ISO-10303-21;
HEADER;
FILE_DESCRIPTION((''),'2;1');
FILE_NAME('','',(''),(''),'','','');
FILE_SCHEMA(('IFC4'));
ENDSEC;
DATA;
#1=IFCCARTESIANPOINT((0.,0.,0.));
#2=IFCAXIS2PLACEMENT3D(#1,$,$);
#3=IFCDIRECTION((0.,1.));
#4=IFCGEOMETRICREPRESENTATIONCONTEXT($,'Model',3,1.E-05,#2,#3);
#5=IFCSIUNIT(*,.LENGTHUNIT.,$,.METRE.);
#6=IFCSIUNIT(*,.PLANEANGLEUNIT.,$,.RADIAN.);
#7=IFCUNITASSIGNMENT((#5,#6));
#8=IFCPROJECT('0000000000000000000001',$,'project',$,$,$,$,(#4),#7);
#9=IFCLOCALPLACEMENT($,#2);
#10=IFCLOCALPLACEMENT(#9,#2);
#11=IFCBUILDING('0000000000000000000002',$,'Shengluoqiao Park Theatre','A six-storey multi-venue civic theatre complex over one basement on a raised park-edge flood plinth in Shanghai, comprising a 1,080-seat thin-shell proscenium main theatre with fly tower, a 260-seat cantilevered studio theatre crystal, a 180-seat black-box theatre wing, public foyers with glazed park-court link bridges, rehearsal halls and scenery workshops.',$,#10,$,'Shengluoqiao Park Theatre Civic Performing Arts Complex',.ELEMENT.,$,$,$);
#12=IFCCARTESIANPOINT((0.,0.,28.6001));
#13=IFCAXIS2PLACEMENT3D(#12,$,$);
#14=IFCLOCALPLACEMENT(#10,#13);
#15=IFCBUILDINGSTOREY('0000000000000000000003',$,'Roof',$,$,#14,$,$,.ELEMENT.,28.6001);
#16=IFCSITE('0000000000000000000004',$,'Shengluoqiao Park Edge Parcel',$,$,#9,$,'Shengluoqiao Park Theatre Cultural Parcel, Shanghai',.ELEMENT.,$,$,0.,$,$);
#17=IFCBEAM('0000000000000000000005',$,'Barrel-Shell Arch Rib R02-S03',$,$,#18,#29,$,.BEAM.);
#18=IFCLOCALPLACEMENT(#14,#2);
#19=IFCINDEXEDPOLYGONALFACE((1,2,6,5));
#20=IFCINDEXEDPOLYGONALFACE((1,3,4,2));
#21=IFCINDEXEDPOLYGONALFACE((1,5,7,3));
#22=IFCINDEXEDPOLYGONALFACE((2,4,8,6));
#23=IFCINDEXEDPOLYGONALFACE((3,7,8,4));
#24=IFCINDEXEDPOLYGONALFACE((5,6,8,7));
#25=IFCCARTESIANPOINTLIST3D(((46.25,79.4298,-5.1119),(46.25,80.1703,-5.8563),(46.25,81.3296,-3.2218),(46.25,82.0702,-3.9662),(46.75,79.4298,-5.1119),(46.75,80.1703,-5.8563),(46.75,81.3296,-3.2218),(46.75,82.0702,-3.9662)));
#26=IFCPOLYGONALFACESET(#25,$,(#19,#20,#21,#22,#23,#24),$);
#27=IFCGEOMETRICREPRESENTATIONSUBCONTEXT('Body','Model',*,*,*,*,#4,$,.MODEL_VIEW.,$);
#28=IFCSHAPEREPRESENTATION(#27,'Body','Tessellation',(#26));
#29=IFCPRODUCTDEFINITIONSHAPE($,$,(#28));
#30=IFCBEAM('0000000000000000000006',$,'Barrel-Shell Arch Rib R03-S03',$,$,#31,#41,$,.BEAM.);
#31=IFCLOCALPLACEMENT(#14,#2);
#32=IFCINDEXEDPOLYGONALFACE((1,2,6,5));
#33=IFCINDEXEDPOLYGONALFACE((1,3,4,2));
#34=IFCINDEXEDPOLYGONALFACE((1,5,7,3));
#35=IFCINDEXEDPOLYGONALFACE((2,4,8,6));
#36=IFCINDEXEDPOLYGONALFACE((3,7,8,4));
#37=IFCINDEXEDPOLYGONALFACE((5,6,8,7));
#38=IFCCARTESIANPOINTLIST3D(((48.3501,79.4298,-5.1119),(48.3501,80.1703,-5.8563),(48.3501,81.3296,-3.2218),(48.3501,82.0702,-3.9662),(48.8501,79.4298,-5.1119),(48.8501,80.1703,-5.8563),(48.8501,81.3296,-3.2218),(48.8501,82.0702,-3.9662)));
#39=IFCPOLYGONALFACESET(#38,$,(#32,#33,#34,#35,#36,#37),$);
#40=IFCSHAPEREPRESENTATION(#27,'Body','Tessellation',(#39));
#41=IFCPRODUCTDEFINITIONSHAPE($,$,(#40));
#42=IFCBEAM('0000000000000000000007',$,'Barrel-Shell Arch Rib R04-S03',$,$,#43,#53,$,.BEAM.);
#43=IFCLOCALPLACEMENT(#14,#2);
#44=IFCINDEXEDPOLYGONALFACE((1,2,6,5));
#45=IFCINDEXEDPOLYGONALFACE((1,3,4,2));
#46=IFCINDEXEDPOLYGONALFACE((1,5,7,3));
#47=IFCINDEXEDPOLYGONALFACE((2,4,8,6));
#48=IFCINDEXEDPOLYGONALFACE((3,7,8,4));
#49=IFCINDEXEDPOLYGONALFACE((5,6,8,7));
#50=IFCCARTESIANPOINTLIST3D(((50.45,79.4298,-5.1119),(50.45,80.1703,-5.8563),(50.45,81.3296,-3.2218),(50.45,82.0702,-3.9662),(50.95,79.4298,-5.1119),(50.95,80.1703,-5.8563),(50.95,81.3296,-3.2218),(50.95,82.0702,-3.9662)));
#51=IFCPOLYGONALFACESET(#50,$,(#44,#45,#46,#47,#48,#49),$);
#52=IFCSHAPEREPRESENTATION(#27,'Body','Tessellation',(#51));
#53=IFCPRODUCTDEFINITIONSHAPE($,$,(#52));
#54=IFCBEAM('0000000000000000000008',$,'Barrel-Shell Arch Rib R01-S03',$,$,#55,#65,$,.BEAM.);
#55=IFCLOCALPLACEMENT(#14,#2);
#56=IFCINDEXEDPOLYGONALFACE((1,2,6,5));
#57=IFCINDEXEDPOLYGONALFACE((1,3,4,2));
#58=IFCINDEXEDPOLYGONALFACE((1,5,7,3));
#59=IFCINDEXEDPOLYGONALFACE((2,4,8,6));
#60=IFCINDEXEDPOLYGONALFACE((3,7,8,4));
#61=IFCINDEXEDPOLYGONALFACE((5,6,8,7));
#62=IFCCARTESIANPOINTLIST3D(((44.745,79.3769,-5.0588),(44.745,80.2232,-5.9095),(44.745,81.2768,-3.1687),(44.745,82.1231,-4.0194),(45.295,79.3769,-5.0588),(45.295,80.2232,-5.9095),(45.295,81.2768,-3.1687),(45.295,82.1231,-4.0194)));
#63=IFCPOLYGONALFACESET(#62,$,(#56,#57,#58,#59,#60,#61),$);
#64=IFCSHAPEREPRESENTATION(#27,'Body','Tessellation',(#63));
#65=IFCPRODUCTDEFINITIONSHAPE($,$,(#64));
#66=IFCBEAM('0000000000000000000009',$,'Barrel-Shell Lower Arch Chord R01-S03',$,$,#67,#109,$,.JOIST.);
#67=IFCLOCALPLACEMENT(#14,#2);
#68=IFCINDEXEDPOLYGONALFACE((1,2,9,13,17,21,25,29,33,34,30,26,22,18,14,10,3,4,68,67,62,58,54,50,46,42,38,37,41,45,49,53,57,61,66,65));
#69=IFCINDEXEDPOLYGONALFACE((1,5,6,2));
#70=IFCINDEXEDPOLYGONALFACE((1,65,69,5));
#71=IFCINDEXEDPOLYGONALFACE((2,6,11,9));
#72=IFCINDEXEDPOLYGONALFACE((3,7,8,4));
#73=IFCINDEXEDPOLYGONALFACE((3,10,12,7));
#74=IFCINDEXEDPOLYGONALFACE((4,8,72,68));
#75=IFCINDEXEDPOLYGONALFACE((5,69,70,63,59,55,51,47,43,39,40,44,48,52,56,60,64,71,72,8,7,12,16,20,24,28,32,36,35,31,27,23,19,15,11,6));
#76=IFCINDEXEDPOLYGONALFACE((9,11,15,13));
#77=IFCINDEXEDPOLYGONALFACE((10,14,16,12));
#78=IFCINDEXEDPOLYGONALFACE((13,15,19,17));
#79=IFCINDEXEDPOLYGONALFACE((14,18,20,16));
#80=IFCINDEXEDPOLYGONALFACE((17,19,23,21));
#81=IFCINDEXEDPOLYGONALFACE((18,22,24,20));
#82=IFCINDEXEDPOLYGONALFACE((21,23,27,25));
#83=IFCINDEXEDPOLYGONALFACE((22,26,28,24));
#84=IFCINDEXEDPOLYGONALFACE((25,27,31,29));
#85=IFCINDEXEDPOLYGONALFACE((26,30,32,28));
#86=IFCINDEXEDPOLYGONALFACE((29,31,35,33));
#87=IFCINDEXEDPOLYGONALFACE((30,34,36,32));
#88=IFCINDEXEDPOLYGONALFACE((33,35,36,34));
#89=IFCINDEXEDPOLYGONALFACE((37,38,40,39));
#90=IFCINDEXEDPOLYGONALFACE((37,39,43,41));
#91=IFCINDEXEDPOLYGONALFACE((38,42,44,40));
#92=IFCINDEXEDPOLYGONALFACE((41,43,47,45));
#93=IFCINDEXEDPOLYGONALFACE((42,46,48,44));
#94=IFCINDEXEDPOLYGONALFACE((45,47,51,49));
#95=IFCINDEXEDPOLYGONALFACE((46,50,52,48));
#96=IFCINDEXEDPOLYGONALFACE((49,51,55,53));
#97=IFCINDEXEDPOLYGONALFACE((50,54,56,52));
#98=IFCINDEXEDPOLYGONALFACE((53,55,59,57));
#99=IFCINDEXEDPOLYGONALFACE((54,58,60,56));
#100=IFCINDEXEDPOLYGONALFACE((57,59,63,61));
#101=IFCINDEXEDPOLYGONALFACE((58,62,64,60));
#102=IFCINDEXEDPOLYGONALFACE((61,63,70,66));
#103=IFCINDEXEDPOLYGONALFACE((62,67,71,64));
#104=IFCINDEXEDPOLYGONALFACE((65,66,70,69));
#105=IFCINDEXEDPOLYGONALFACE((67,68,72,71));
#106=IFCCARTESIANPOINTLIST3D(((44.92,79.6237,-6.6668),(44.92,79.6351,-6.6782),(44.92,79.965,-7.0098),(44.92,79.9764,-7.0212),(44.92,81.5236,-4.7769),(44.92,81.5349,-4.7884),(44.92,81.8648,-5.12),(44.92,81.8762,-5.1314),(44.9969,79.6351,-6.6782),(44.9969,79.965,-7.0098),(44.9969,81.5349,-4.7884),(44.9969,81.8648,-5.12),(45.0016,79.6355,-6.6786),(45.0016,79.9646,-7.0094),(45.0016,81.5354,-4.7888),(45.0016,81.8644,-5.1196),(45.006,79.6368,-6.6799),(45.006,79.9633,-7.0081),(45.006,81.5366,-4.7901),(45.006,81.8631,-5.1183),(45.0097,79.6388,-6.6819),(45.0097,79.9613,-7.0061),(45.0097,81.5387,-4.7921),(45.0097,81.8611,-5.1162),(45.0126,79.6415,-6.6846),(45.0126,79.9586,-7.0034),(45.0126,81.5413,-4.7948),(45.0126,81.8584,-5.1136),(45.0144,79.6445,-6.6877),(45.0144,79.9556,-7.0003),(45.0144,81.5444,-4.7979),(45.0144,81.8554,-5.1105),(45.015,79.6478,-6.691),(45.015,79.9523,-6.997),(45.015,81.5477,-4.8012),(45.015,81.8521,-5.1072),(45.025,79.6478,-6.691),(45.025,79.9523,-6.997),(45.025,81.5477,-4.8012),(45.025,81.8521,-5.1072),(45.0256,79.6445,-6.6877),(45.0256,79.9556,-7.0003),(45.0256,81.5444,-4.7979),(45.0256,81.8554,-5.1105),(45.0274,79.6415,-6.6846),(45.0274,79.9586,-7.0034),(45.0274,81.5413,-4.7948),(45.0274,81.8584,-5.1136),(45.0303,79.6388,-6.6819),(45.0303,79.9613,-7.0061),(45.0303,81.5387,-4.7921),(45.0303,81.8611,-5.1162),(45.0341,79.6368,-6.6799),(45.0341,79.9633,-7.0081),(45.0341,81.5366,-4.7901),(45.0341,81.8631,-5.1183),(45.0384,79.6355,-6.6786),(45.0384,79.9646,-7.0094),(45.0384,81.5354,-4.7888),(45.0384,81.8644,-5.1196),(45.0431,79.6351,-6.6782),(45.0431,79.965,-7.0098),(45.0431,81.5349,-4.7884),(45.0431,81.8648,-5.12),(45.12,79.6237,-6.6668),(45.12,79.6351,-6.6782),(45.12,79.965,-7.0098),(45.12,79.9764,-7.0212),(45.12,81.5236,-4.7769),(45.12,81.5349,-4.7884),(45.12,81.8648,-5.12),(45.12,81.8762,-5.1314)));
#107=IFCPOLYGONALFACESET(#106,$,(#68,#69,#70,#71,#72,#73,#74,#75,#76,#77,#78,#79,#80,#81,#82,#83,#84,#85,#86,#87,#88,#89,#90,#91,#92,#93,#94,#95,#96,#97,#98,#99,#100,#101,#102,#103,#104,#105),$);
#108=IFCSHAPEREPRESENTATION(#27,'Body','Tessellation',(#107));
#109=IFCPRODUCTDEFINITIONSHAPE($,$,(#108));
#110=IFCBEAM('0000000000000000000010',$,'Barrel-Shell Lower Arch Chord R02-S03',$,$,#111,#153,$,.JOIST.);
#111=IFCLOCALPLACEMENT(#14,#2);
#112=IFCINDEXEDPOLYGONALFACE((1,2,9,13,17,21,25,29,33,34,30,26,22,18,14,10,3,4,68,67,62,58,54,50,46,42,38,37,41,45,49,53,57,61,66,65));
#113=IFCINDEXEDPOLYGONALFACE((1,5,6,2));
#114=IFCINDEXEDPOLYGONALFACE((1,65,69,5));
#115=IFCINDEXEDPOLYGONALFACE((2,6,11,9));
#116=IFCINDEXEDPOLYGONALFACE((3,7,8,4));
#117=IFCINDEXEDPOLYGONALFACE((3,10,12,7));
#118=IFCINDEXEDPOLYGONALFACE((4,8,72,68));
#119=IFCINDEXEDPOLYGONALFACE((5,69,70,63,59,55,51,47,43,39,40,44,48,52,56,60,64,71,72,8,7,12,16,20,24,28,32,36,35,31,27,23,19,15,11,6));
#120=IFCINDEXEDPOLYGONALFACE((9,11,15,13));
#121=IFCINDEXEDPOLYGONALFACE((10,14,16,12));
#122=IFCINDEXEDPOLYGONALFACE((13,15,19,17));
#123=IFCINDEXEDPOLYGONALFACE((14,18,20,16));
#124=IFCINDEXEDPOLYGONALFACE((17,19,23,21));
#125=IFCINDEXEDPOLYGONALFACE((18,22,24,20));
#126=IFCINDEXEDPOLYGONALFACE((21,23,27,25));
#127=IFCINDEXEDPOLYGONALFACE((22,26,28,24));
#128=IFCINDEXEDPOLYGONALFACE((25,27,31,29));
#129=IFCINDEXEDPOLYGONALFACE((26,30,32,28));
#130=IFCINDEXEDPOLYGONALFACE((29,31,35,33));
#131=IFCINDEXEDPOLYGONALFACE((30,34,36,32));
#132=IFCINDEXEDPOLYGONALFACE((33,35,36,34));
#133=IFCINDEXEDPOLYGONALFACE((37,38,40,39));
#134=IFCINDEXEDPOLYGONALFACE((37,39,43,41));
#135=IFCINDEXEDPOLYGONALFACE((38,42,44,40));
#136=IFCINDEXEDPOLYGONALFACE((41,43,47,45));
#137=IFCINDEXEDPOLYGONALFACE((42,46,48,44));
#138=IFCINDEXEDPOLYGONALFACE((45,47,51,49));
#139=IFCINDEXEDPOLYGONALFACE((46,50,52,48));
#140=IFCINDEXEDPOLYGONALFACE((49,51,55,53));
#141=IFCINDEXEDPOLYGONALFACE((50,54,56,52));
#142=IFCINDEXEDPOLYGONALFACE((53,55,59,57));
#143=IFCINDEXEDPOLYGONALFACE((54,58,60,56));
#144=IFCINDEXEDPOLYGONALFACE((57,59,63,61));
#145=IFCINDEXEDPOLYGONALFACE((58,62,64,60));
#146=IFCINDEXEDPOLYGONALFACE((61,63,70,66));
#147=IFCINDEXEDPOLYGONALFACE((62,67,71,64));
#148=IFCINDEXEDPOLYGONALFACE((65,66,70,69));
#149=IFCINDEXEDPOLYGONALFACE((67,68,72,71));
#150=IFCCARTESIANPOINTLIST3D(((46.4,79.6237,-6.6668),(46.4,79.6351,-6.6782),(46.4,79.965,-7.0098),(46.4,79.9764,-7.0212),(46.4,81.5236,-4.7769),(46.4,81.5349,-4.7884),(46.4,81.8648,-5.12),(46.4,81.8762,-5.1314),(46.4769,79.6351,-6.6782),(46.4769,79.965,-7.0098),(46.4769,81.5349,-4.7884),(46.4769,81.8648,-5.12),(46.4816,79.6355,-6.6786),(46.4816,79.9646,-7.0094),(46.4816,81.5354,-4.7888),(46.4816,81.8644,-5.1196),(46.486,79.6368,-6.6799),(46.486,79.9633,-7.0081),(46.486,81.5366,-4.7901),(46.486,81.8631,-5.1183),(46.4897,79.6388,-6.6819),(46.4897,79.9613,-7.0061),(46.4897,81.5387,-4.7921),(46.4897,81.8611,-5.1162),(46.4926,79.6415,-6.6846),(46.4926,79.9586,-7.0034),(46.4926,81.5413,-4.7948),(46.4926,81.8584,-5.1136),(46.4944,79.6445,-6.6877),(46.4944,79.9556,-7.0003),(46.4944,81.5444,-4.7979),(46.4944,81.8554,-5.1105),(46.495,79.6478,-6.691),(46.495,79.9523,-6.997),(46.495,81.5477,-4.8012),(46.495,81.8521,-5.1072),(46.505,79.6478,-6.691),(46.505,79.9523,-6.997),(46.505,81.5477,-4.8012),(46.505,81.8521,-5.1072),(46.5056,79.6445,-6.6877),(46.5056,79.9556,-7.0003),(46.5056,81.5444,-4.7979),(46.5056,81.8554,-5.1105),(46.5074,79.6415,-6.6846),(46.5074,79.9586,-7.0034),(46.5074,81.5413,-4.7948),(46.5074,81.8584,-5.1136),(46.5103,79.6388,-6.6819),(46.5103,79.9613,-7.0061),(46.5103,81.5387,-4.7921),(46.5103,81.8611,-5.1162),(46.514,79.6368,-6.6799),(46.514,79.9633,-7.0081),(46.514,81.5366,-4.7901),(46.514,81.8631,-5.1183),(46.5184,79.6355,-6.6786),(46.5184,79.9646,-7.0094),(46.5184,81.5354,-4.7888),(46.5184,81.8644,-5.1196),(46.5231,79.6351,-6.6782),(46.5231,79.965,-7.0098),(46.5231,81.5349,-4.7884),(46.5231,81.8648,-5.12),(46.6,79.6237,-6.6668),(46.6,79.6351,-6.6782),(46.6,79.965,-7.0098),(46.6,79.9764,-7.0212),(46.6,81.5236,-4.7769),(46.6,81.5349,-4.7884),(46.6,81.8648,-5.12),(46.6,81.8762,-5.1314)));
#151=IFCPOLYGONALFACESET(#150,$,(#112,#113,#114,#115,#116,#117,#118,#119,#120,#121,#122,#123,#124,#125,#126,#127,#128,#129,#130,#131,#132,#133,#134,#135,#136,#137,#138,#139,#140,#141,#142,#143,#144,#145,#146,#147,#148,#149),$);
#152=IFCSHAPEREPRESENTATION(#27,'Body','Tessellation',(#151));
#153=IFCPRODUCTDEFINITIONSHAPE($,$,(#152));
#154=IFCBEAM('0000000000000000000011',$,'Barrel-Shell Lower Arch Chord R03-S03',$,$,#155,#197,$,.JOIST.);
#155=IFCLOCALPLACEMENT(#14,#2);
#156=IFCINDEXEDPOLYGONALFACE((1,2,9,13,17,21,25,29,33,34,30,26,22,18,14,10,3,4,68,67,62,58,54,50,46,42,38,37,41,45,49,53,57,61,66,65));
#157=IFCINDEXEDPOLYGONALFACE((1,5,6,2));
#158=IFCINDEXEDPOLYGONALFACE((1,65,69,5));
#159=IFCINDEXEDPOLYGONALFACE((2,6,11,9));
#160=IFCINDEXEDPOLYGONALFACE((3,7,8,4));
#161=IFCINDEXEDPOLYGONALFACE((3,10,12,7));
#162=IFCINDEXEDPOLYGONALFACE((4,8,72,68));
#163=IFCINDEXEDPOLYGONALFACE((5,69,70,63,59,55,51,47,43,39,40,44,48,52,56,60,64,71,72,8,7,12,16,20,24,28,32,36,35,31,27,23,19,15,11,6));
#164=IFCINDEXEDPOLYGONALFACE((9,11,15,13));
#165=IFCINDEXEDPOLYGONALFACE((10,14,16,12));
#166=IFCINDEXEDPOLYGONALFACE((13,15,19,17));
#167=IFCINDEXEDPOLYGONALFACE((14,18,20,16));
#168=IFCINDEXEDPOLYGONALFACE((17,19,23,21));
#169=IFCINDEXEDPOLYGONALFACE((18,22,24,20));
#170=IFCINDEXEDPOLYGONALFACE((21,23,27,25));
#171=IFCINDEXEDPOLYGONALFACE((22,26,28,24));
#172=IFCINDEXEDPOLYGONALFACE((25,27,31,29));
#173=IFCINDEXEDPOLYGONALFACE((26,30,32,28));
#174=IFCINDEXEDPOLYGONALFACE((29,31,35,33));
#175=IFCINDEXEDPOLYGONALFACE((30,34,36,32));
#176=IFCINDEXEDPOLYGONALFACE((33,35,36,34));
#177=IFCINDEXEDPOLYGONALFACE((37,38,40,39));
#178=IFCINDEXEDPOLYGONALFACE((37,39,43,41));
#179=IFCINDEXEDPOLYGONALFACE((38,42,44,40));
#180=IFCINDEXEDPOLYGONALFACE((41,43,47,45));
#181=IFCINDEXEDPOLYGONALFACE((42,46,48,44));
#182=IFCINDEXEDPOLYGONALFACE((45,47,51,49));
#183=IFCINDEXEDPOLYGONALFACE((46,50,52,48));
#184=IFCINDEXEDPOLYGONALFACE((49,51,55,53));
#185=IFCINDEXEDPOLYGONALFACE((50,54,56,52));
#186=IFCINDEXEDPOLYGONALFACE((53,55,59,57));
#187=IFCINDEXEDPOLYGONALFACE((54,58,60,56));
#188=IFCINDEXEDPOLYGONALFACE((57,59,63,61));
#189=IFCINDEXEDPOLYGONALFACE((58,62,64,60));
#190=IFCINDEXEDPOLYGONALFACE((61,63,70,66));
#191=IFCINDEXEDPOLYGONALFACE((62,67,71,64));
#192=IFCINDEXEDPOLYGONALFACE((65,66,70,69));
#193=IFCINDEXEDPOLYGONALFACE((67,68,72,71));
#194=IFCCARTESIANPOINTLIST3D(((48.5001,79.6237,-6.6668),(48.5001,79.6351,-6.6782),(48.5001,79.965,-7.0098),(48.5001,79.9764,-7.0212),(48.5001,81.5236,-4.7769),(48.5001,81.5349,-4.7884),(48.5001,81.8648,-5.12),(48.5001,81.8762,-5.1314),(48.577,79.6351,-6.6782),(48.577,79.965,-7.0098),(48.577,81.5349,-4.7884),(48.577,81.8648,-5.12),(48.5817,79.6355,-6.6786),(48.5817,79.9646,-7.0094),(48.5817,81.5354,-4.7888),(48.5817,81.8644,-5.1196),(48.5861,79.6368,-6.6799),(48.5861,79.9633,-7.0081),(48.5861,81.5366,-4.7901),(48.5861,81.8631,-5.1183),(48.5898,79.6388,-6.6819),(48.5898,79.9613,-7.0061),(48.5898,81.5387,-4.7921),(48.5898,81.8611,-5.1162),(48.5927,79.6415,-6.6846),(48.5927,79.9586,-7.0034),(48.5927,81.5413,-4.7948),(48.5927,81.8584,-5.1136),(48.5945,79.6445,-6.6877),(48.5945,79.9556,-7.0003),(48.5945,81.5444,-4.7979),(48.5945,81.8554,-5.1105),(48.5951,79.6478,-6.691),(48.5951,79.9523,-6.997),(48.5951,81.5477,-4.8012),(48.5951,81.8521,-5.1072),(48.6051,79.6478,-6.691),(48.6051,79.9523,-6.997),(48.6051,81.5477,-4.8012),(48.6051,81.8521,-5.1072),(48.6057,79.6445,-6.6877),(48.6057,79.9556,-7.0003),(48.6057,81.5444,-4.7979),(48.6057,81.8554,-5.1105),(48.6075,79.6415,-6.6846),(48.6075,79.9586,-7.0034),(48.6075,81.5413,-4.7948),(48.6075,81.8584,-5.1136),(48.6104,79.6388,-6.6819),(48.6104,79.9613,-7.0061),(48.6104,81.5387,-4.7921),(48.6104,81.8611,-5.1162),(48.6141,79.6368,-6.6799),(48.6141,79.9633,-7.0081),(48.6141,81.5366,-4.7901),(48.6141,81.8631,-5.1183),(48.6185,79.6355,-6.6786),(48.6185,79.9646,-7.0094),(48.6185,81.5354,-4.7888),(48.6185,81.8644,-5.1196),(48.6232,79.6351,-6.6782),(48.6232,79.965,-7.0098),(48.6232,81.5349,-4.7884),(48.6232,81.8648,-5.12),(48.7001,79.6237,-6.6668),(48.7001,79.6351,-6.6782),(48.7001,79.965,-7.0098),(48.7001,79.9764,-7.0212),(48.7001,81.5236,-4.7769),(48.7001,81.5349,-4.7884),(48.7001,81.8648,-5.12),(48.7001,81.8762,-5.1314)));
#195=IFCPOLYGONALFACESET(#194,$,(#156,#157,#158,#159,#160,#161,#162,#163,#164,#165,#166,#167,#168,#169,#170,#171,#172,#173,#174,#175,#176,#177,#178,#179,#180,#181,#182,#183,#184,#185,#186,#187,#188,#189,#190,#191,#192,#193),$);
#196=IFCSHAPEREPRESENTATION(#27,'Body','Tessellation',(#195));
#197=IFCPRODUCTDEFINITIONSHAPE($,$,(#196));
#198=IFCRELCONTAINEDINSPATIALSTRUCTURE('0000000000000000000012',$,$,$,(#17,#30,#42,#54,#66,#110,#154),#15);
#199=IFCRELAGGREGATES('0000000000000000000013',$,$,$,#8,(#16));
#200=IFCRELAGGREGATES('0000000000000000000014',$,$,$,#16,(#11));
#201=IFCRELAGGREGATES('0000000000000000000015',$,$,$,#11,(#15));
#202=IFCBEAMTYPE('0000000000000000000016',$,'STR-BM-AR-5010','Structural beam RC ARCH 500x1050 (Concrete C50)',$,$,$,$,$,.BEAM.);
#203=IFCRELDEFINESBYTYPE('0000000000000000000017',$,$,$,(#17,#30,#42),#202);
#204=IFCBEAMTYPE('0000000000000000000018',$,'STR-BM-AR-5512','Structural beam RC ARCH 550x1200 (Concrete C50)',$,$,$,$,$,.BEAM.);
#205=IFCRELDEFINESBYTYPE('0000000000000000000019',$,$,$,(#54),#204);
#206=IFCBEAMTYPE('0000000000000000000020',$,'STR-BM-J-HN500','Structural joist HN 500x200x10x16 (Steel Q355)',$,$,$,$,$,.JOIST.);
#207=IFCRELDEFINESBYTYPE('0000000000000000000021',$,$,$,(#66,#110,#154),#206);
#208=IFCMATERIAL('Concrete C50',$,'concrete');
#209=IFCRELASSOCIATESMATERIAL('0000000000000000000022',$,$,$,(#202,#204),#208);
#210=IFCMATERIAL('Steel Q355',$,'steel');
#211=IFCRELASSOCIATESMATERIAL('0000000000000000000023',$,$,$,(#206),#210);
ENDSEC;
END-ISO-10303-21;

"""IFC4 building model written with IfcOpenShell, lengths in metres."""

from ifc_helpers import new_model, si_unit, direction, frame, origin, origin_2d, place, context, subcontext, project, spatial, rectangle, i_section, extrude, material, material_profile, profile_set, type_object, element, save


model = new_model("IFC4")

# Units and contexts
model_context = context("Model", 3, precision=1e-05, world=origin(), true_north=direction((0.0, 1.0)))
body_context = subcontext(model_context, "Body", "Model", "MODEL_VIEW")
ifc_project = project(units=[si_unit("LENGTHUNIT", "METRE"), si_unit("PLANEANGLEUNIT", "RADIAN")], contexts=[model_context])

# Site, building, storey
site_placement = place(None, origin())
site = spatial("IfcSite", under=ifc_project, at=site_placement, Name="Shengluoqiao Park Edge Parcel", LongName="Shengluoqiao Park Theatre Cultural Parcel, Shanghai", CompositionType="ELEMENT", RefElevation=0.0)
building_placement = place(site_placement, origin())
building = spatial("IfcBuilding", under=site, at=building_placement, Name="Shengluoqiao Park Theatre", Description="A six-storey multi-venue civic theatre complex over one basement on a raised park-edge flood plinth in Shanghai, comprising a 1,080-seat thin-shell proscenium main theatre with fly tower, a 260-seat cantilevered studio theatre crystal, a 180-seat black-box theatre wing, public foyers with glazed park-court link bridges, rehearsal halls and scenery workshops.", LongName="Shengluoqiao Park Theatre Civic Performing Arts Complex", CompositionType="ELEMENT")
storey_placement = place(building_placement, frame((0.0, 0.0, 28.6001)))
storey = spatial("IfcBuildingStorey", under=building, at=storey_placement, Name="Roof", CompositionType="ELEMENT", Elevation=28.6001)

# Beams
ifc_material_1 = material(Name="Concrete C50", Category="concrete")
ifc_material_profile_1 = material_profile(ifc_material_1, rectangle(XDim=0.5, YDim=1.05, at=origin_2d()), Name="RC ARCH 500x1050")
ifc_profile_set_1 = profile_set([ifc_material_profile_1], Name="Concrete C50")
beam_type_1 = type_object("IfcBeamType", Name="STR-BM-AR-5010", Description="Structural beam RC ARCH 500x1050 (Concrete C50)", PredefinedType="BEAM", material=ifc_profile_set_1)
for number, where, z_axis, x_axis, name in (
    (1, (46.5, 79.8, -5.4841), (0.0, 0.708926, 0.705282), (-1.0, 0.0, 0.0), "Barrel-Shell Arch Rib R02-S03"),
    (2, (48.6001, 79.8, -5.4841), (0.0, 0.708926, 0.705282), (-1.0, 0.0, 0.0), "Barrel-Shell Arch Rib R03-S03"),
    (3, (50.7, 79.8, -5.4841), (0.0, 0.708926, 0.705282), (-1.0, 0.0, 0.0), "Barrel-Shell Arch Rib R04-S03"),
):
    element("IfcBeam", number, at=place(storey_placement, frame(where, z_axis=z_axis, x_axis=x_axis)), inside=storey, type_object=beam_type_1, Name=name, PredefinedType="BEAM", context=body_context, shape_type="SweptSolid", body=[
        extrude(rectangle(XDim=0.5, YDim=1.05, at=origin_2d()), origin(), (0.0, 0.0, 1.0), 2.6799),
    ])
ifc_material_profile_2 = material_profile(ifc_material_1, rectangle(XDim=0.55, YDim=1.2, at=origin_2d()), Name="RC ARCH 550x1200")
ifc_profile_set_2 = profile_set([ifc_material_profile_2], Name="Concrete C50")
beam_type_2 = type_object("IfcBeamType", Name="STR-BM-AR-5512", Description="Structural beam RC ARCH 550x1200 (Concrete C50)", PredefinedType="BEAM", material=ifc_profile_set_2)
beam_placement = place(storey_placement, frame((45.02, 79.8, -5.4841), z_axis=(0.0, 0.708926, 0.705282), x_axis=(-1.0, 0.0, 0.0)))
element("IfcBeam", 4, at=beam_placement, inside=storey, type_object=beam_type_2, Name="Barrel-Shell Arch Rib R01-S03", PredefinedType="BEAM", context=body_context, shape_type="SweptSolid", body=[
    extrude(rectangle(XDim=0.55, YDim=1.2, at=origin_2d()), origin(), (0.0, 0.0, 1.0), 2.6799),
])
ifc_material_2 = material(Name="Steel Q355", Category="steel")
ifc_material_profile_3 = material_profile(ifc_material_2, i_section(OverallWidth=0.2, OverallDepth=0.5, WebThickness=0.01, FlangeThickness=0.0161, FilletRadius=0.0181, at=origin_2d()), Name="HN 500x200x10x16")
ifc_profile_set_3 = profile_set([ifc_material_profile_3], Name="Steel Q355")
beam_type_3 = type_object("IfcBeamType", Name="STR-BM-J-HN500", Description="Structural joist HN 500x200x10x16 (Steel Q355)", PredefinedType="JOIST", material=ifc_profile_set_3)
for number, where, z_axis, x_axis, name in (
    (5, (45.02, 79.8, -6.844), (0.0, 0.708972, 0.705237), (-1.0, 0.0, 0.0), "Barrel-Shell Lower Arch Chord R01-S03"),
    (6, (46.5, 79.8, -6.844), (0.0, 0.708972, 0.705237), (-1.0, 0.0, 0.0), "Barrel-Shell Lower Arch Chord R02-S03"),
    (7, (48.6001, 79.8, -6.844), (0.0, 0.708972, 0.705237), (-1.0, 0.0, 0.0), "Barrel-Shell Lower Arch Chord R03-S03"),
):
    element("IfcBeam", number, at=place(storey_placement, frame(where, z_axis=z_axis, x_axis=x_axis)), inside=storey, type_object=beam_type_3, Name=name, PredefinedType="JOIST", context=body_context, shape_type="SweptSolid", body=[
        extrude(i_section(OverallWidth=0.2, OverallDepth=0.5, WebThickness=0.01, FlangeThickness=0.0161, FilletRadius=0.0181, at=origin_2d()), origin(), (0.0, 0.0, 1.0), 2.6797),
    ])

save(model, "model.ifc")
